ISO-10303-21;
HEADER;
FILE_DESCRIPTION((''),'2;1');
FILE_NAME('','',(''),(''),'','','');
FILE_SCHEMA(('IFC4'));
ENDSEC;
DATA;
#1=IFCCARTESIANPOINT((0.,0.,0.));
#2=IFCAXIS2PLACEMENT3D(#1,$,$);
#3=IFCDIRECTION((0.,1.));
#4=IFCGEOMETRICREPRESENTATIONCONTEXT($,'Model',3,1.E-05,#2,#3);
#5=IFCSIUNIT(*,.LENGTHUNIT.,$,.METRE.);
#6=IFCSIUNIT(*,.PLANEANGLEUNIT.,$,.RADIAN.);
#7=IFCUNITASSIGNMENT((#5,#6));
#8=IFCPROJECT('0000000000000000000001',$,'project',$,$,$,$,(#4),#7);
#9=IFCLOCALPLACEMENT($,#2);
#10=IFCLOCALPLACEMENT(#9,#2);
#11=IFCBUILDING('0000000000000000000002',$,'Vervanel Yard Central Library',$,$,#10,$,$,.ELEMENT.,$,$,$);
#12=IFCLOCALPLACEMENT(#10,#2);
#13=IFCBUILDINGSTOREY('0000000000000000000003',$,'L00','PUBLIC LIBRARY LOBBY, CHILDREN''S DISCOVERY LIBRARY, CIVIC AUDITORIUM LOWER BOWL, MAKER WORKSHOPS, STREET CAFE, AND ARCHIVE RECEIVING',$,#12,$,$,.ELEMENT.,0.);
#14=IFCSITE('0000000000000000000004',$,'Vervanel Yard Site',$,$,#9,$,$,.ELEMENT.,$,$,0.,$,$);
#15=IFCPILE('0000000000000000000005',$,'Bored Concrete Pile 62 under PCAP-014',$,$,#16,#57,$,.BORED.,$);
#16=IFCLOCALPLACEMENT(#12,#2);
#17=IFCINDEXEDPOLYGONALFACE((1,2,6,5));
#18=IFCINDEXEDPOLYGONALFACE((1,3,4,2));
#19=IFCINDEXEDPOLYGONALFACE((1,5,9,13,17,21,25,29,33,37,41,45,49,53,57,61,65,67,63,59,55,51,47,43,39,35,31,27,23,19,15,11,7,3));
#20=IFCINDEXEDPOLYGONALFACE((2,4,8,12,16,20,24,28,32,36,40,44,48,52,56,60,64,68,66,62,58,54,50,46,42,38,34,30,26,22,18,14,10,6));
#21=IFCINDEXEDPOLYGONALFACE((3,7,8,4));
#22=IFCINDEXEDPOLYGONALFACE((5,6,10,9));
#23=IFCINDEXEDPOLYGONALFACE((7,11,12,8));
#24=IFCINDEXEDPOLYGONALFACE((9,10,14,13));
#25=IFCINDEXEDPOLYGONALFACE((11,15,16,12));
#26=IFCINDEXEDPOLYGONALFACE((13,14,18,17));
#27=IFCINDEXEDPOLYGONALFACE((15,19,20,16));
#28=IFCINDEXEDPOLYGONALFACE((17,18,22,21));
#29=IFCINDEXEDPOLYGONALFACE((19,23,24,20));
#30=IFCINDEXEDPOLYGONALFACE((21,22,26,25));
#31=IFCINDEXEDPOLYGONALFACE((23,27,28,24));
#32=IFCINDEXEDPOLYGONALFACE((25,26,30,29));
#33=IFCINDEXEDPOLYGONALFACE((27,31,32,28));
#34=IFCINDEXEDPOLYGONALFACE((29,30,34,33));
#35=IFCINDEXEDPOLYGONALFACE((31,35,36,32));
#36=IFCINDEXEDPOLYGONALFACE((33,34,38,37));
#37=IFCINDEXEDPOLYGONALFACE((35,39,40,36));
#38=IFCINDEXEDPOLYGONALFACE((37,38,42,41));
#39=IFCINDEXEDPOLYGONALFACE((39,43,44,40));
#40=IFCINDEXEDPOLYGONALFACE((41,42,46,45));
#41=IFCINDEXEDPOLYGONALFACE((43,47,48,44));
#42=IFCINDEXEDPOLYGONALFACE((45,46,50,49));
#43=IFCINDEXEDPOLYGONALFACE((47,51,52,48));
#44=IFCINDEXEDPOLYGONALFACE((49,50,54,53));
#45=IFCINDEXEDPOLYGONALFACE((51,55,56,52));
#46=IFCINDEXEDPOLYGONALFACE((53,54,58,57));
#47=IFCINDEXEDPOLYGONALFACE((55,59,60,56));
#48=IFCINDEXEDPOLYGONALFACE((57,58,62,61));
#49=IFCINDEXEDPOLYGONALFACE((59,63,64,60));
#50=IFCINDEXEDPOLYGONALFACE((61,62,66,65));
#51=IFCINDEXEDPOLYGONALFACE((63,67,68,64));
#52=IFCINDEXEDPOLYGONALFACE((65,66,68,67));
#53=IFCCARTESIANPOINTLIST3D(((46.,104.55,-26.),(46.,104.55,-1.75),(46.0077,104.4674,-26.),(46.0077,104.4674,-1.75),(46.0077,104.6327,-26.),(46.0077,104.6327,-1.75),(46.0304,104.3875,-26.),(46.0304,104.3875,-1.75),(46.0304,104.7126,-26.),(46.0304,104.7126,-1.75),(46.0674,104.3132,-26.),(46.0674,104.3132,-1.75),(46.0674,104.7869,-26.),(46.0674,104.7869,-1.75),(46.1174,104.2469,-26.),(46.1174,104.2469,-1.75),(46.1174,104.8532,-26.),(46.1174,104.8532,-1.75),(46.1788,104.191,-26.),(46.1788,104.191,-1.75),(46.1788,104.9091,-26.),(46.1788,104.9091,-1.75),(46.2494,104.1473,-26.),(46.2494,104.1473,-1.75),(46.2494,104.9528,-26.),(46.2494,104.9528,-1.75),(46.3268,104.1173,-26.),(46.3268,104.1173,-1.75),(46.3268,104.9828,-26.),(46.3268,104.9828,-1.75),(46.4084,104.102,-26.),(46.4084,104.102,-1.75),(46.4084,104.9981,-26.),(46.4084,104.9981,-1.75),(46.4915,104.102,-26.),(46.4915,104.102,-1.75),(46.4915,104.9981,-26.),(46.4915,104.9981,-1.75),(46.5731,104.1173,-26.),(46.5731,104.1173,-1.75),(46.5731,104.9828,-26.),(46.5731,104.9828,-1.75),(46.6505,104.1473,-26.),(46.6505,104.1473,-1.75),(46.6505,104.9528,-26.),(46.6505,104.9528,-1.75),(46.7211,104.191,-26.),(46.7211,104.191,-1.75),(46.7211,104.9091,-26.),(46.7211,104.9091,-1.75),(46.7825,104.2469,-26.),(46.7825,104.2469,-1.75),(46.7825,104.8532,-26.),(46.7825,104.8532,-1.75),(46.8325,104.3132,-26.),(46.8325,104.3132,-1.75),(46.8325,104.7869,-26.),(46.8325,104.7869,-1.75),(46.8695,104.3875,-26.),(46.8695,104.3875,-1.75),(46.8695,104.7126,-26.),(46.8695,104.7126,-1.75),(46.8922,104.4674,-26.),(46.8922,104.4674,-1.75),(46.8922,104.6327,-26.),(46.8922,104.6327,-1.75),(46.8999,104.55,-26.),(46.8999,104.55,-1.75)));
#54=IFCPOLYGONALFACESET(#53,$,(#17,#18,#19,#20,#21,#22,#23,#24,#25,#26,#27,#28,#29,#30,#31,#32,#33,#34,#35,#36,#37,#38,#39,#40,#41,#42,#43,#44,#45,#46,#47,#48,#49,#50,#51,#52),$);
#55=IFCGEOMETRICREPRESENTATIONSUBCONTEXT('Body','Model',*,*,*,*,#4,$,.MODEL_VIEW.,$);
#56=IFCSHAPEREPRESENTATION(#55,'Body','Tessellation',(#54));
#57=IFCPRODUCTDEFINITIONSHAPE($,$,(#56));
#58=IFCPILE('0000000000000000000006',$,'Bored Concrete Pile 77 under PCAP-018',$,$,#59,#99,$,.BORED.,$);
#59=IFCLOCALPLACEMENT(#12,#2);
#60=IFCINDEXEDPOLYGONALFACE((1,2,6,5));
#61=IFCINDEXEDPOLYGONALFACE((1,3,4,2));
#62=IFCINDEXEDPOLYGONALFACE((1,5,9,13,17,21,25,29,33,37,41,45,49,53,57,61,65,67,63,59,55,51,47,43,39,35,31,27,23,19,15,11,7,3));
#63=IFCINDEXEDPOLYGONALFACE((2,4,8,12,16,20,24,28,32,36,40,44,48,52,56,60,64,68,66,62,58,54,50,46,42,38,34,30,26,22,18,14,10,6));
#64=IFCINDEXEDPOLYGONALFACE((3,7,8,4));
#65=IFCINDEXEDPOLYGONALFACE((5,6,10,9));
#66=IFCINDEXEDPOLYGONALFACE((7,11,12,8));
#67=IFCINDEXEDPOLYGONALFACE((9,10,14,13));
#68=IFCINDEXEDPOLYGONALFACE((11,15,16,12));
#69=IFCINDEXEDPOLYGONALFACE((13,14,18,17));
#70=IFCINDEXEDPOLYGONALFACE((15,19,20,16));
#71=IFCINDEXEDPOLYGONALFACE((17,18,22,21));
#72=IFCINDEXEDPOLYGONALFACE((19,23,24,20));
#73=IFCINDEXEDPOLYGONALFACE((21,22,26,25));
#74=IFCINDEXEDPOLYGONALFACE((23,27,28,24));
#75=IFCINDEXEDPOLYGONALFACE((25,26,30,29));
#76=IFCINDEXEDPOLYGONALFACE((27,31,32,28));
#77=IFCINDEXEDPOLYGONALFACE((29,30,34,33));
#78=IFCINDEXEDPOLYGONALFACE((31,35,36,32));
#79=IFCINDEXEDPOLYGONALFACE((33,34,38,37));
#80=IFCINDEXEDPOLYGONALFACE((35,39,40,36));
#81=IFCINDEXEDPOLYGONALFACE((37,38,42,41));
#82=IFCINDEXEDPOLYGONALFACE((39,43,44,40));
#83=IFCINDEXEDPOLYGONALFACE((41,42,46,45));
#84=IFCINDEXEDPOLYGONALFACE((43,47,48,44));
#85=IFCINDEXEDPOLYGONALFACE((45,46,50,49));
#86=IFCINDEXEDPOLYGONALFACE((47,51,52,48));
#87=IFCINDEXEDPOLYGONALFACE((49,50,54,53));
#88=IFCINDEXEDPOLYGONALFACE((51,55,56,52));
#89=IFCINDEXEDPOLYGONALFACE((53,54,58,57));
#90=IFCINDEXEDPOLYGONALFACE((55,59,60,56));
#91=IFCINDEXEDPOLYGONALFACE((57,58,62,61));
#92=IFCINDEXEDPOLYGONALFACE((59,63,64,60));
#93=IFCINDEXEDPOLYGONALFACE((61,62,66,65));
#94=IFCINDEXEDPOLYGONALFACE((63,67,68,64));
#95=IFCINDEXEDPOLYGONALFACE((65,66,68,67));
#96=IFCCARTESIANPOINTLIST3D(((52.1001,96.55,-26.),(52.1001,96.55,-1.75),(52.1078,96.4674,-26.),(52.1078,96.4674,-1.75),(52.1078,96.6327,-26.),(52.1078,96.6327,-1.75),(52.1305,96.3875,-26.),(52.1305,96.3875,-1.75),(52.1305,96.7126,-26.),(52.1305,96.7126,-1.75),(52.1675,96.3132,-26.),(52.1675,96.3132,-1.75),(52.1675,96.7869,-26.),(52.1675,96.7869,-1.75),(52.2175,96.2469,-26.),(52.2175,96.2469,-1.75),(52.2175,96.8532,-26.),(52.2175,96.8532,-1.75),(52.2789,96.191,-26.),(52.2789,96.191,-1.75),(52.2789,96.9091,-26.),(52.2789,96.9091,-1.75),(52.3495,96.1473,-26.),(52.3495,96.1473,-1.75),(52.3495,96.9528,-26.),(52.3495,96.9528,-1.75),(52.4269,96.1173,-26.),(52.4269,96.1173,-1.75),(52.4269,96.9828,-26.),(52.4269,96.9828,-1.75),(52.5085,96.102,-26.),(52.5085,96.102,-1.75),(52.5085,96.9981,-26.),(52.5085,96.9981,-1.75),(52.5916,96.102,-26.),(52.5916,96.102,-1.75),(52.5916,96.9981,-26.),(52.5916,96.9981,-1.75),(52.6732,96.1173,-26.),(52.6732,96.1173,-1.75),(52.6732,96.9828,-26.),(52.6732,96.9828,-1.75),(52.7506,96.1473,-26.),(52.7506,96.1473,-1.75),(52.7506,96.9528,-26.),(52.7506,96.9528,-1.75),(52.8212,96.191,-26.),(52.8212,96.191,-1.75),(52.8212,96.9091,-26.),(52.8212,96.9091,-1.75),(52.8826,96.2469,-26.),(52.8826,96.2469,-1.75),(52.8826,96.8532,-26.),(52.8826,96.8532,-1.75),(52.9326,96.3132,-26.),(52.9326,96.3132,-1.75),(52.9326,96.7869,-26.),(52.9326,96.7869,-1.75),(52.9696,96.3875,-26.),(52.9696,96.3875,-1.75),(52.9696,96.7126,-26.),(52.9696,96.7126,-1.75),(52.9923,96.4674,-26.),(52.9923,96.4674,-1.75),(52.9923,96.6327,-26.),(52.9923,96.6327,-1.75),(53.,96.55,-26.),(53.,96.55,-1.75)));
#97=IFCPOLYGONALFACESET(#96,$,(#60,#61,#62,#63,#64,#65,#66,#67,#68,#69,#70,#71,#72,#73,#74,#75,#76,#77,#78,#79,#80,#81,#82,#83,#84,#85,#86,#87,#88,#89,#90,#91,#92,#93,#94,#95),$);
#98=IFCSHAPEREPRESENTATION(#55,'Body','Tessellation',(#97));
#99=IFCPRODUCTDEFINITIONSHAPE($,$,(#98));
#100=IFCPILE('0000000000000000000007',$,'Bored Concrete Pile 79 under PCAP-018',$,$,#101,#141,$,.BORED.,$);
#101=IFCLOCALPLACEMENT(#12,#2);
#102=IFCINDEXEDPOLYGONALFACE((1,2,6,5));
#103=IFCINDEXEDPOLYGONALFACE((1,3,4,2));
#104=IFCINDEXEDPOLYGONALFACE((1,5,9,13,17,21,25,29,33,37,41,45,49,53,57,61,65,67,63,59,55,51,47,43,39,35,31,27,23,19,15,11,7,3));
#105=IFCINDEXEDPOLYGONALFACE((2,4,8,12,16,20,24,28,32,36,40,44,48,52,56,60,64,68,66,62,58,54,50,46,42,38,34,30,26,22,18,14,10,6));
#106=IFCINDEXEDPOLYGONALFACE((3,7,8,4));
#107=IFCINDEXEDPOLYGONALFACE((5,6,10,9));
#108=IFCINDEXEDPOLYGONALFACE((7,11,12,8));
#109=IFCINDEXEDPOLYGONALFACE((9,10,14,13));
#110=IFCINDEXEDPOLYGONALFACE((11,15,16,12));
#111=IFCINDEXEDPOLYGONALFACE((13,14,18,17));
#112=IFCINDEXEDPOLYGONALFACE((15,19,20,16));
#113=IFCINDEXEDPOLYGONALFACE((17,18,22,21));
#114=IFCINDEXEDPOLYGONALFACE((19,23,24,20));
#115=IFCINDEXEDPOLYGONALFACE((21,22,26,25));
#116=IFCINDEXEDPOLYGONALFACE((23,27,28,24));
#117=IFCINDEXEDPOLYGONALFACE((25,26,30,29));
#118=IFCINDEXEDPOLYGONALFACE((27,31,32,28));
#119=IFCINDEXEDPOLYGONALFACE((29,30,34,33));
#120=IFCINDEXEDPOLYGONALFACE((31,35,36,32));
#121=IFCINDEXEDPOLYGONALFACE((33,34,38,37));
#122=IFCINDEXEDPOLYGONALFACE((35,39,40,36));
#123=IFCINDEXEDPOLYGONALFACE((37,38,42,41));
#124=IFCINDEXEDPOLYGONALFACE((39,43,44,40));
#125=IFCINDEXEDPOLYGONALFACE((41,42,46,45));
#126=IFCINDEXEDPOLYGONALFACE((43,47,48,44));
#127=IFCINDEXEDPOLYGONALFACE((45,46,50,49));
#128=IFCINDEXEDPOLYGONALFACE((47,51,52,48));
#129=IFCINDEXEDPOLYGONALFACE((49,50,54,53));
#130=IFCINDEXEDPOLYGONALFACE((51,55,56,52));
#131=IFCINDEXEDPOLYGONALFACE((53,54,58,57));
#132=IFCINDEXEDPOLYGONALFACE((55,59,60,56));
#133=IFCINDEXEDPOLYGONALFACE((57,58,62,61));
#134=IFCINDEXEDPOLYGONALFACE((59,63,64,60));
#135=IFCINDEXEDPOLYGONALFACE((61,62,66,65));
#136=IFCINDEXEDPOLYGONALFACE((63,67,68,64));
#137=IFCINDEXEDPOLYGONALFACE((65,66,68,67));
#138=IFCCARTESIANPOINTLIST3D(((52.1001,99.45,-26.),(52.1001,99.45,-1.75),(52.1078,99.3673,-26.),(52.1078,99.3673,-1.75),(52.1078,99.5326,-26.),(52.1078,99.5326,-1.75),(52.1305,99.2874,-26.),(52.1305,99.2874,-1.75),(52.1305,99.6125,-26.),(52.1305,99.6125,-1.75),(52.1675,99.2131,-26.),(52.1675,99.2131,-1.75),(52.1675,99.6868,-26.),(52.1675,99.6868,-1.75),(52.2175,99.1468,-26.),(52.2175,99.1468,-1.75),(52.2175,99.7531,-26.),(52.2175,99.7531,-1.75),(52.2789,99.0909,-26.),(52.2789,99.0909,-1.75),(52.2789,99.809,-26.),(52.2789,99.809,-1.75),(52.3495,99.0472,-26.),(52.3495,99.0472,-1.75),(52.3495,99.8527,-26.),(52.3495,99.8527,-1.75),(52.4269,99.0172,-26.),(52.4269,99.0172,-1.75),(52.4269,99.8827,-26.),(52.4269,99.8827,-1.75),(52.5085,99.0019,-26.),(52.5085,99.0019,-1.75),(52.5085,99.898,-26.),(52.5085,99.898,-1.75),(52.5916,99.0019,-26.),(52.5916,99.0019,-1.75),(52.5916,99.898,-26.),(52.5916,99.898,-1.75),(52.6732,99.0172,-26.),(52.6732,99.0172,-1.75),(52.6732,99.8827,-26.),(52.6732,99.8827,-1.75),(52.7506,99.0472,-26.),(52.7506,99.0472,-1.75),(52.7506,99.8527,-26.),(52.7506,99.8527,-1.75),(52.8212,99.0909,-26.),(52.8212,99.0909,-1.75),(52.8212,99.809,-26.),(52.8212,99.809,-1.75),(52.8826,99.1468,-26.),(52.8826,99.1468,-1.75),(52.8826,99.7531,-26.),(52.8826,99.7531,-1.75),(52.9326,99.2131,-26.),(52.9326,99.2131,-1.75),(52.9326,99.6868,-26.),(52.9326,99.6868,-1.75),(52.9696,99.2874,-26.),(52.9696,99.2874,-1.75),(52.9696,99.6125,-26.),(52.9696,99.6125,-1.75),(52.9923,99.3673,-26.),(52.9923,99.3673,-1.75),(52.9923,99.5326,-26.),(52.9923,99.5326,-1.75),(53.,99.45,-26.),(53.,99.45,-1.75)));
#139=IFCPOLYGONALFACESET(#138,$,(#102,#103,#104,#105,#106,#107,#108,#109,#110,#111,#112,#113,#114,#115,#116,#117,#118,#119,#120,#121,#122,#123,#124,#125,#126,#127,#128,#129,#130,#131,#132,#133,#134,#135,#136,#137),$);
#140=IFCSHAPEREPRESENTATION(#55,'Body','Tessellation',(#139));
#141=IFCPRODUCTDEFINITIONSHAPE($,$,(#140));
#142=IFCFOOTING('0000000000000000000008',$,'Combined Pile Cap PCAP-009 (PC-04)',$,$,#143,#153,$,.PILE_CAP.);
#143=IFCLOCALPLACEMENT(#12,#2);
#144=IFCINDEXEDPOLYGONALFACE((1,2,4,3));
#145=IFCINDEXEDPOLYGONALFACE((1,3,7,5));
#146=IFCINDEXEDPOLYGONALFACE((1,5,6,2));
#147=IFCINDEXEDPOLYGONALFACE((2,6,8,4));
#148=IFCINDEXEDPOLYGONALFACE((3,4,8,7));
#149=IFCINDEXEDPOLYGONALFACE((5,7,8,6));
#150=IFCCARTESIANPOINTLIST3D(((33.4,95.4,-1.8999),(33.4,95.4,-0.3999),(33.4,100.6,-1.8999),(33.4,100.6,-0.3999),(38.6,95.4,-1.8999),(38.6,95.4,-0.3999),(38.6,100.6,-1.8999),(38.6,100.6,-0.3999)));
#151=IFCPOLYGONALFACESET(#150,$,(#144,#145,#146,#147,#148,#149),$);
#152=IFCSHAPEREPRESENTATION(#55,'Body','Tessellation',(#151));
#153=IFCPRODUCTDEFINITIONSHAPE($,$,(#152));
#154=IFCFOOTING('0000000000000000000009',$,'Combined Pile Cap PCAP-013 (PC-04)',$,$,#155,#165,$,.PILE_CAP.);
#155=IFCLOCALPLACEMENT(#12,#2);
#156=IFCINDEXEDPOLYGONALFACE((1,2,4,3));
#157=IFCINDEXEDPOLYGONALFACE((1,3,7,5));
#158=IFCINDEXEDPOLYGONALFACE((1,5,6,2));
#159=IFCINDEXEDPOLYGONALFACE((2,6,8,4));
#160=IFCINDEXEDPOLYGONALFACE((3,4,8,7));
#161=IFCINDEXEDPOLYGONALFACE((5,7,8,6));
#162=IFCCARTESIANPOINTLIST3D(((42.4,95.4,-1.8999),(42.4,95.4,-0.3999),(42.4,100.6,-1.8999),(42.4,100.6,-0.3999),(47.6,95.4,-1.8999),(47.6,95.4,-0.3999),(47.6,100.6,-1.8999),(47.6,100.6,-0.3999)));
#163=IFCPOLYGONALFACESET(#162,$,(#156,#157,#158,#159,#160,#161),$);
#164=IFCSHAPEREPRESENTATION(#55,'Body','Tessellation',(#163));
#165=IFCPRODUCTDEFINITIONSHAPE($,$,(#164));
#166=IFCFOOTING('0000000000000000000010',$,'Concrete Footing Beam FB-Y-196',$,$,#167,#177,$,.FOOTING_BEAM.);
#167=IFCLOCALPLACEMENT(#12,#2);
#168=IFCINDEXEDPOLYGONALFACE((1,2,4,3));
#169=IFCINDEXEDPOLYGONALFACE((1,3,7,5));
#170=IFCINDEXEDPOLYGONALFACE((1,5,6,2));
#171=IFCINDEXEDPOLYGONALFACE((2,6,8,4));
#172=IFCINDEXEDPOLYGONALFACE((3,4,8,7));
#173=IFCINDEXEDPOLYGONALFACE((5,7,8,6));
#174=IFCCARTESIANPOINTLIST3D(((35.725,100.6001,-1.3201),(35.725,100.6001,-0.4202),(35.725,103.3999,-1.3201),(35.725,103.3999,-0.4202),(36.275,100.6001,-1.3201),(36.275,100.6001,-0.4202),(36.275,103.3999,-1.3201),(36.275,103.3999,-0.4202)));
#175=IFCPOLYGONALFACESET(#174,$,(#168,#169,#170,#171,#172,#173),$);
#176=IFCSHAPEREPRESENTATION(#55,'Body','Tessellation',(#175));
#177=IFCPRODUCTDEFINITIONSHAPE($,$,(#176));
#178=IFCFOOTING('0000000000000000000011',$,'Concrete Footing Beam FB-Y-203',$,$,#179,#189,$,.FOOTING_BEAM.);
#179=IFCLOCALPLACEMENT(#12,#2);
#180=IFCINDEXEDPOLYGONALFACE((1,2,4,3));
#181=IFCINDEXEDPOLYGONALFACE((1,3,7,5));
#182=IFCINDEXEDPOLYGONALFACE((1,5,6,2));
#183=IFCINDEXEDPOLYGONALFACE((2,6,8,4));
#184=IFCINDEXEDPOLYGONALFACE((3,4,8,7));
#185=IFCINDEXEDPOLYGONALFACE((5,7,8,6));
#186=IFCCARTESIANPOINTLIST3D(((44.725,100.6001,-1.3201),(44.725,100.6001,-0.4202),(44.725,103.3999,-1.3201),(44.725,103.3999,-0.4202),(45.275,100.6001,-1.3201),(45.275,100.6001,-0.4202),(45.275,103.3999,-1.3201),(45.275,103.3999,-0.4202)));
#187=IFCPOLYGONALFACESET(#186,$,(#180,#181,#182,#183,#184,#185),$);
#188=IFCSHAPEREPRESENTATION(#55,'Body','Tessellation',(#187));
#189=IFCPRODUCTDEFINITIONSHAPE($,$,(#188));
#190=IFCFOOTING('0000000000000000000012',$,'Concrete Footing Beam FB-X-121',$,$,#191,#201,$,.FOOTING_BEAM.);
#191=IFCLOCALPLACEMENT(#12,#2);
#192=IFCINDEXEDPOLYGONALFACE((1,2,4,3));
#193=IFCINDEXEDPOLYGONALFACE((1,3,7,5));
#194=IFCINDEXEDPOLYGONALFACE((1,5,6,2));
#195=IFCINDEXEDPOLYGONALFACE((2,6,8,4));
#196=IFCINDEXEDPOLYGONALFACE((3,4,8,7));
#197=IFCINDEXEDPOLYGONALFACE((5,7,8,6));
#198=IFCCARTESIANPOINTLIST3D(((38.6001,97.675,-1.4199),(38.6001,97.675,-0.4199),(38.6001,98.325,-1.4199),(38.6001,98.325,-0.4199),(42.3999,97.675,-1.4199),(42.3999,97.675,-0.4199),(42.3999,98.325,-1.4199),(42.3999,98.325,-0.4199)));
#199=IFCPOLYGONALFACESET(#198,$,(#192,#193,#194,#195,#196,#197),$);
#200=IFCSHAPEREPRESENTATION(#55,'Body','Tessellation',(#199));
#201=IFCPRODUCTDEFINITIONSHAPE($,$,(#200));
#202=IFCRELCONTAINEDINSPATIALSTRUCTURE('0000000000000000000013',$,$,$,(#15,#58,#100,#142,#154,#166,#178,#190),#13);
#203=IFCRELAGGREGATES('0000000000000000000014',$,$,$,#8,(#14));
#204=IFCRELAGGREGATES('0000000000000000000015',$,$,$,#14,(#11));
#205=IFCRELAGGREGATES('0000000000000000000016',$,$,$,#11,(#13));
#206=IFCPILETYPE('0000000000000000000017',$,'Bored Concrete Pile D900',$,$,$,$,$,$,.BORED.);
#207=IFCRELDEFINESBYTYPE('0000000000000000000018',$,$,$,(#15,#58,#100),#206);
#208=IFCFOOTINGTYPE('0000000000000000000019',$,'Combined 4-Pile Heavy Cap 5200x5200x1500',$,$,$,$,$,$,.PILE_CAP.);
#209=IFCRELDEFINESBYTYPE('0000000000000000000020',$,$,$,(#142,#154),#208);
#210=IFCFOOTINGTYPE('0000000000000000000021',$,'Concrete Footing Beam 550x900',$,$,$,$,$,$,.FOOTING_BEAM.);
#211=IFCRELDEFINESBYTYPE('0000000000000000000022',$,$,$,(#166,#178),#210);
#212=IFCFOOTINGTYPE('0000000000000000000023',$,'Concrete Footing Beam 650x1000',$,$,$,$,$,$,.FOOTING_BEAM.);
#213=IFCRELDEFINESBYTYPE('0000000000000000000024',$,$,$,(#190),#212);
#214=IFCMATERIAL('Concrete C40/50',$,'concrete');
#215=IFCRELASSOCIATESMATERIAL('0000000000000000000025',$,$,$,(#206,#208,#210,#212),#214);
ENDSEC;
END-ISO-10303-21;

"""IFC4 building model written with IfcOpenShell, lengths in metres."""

from ifc_helpers import new_model, si_unit, direction, frame, origin, origin_2d, place, context, subcontext, project, spatial, rectangle, circle, extrude, material, material_profile, profile_set, type_object, element, save


model = new_model("IFC4")

# Units and contexts
model_context = context("Model", 3, precision=1e-05, world=origin(), true_north=direction((0.0, 1.0)))
body_context = subcontext(model_context, "Body", "Model", "MODEL_VIEW")
ifc_project = project(units=[si_unit("LENGTHUNIT", "METRE"), si_unit("PLANEANGLEUNIT", "RADIAN")], contexts=[model_context])

# Site, building, storey
site_placement = place(None, origin())
site = spatial("IfcSite", under=ifc_project, at=site_placement, Name="Vervanel Yard Site", CompositionType="ELEMENT", RefElevation=0.0)
building_placement = place(site_placement, origin())
building = spatial("IfcBuilding", under=site, at=building_placement, Name="Vervanel Yard Central Library", CompositionType="ELEMENT")
storey_placement = place(building_placement, origin())
storey = spatial("IfcBuildingStorey", under=building, at=storey_placement, Name="L00", Description="PUBLIC LIBRARY LOBBY, CHILDREN'S DISCOVERY LIBRARY, CIVIC AUDITORIUM LOWER BOWL, MAKER WORKSHOPS, STREET CAFE, AND ARCHIVE RECEIVING", CompositionType="ELEMENT", Elevation=0.0)

# Piles
ifc_material_1 = material(Name="Concrete C40/50", Category="concrete")
ifc_material_profile_1 = material_profile(ifc_material_1, circle(Radius=0.45, at=origin_2d()), Name="BP D900", Category="concrete")
ifc_profile_set_1 = profile_set([ifc_material_profile_1], Name="Concrete C40/50")
pile_type = type_object("IfcPileType", Name="Bored Concrete Pile D900", PredefinedType="BORED", material=ifc_profile_set_1)
for number, where, z_axis, x_axis, name in (
    (1, (46.45, 104.55, -1.75), (0.0, 0.0, -1.0), (1.0, 0.0, 0.0), "Bored Concrete Pile 62 under PCAP-014"),
    (2, (52.55, 96.55, -1.75), (0.0, 0.0, -1.0), (1.0, 0.0, 0.0), "Bored Concrete Pile 77 under PCAP-018"),
    (3, (52.55, 99.45, -1.75), (0.0, 0.0, -1.0), (1.0, 0.0, 0.0), "Bored Concrete Pile 79 under PCAP-018"),
):
    element("IfcPile", number, at=place(storey_placement, frame(where, z_axis=z_axis, x_axis=x_axis)), inside=storey, type_object=pile_type, Name=name, PredefinedType="BORED", context=body_context, shape_type="SweptSolid", body=[
        extrude(circle(Radius=0.45, at=origin_2d()), origin(), (0.0, 0.0, 1.0), 24.25),
    ])

# Footings
footing_type_1 = type_object("IfcFootingType", Name="Combined 4-Pile Heavy Cap 5200x5200x1500", PredefinedType="PILE_CAP", material=ifc_material_1)
for number, where, z_axis, x_axis, name in (
    (4, (36.0, 98.0, -1.8999), (0.0, 0.0, 1.0), (1.0, 0.0, 0.0), "Combined Pile Cap PCAP-009 (PC-04)"),
    (5, (45.0, 98.0, -1.8999), (0.0, 0.0, 1.0), (1.0, 0.0, 0.0), "Combined Pile Cap PCAP-013 (PC-04)"),
):
    element("IfcFooting", number, at=place(storey_placement, frame(where, z_axis=z_axis, x_axis=x_axis)), inside=storey, type_object=footing_type_1, Name=name, PredefinedType="PILE_CAP", context=body_context, shape_type="SweptSolid", body=[
        extrude(rectangle(XDim=5.2, YDim=5.2, at=origin_2d()), origin(), (0.0, 0.0, 1.0), 1.5),
    ])
ifc_material_profile_2 = material_profile(ifc_material_1, rectangle(XDim=0.55, YDim=0.8999, at=origin_2d()), Name="RC 550x900", Category="concrete")
ifc_profile_set_2 = profile_set([ifc_material_profile_2], Name="Concrete C40/50")
footing_type_2 = type_object("IfcFootingType", Name="Concrete Footing Beam 550x900", PredefinedType="FOOTING_BEAM", material=ifc_profile_set_2)
for number, where, z_axis, x_axis, name in (
    (6, (36.0, 100.6001, -0.8701), (0.0, 1.0, 0.0), (-1.0, 0.0, 0.0), "Concrete Footing Beam FB-Y-196"),
    (7, (45.0, 100.6001, -0.8701), (0.0, 1.0, 0.0), (-1.0, 0.0, 0.0), "Concrete Footing Beam FB-Y-203"),
):
    element("IfcFooting", number, at=place(storey_placement, frame(where, z_axis=z_axis, x_axis=x_axis)), inside=storey, type_object=footing_type_2, Name=name, PredefinedType="FOOTING_BEAM", context=body_context, shape_type="SweptSolid", body=[
        extrude(rectangle(XDim=0.55, YDim=0.8999, at=origin_2d()), origin(), (0.0, 0.0, 1.0), 2.7998),
    ])
ifc_material_profile_3 = material_profile(ifc_material_1, rectangle(XDim=0.6499, YDim=1.0, at=origin_2d()), Name="RC 650x1000", Category="concrete")
ifc_profile_set_3 = profile_set([ifc_material_profile_3], Name="Concrete C40/50")
footing_type_3 = type_object("IfcFootingType", Name="Concrete Footing Beam 650x1000", PredefinedType="FOOTING_BEAM", material=ifc_profile_set_3)
for number, where, z_axis, x_axis, name in (
    (8, (38.6001, 98.0, -0.9199), (1.0, 0.0, 0.0), (0.0, 1.0, 0.0), "Concrete Footing Beam FB-X-121"),
):
    element("IfcFooting", number, at=place(storey_placement, frame(where, z_axis=z_axis, x_axis=x_axis)), inside=storey, type_object=footing_type_3, Name=name, PredefinedType="FOOTING_BEAM", context=body_context, shape_type="SweptSolid", body=[
        extrude(rectangle(XDim=0.6499, YDim=1.0, at=origin_2d()), origin(), (0.0, 0.0, 1.0), 3.7998),
    ])

save(model, "model.ifc")
